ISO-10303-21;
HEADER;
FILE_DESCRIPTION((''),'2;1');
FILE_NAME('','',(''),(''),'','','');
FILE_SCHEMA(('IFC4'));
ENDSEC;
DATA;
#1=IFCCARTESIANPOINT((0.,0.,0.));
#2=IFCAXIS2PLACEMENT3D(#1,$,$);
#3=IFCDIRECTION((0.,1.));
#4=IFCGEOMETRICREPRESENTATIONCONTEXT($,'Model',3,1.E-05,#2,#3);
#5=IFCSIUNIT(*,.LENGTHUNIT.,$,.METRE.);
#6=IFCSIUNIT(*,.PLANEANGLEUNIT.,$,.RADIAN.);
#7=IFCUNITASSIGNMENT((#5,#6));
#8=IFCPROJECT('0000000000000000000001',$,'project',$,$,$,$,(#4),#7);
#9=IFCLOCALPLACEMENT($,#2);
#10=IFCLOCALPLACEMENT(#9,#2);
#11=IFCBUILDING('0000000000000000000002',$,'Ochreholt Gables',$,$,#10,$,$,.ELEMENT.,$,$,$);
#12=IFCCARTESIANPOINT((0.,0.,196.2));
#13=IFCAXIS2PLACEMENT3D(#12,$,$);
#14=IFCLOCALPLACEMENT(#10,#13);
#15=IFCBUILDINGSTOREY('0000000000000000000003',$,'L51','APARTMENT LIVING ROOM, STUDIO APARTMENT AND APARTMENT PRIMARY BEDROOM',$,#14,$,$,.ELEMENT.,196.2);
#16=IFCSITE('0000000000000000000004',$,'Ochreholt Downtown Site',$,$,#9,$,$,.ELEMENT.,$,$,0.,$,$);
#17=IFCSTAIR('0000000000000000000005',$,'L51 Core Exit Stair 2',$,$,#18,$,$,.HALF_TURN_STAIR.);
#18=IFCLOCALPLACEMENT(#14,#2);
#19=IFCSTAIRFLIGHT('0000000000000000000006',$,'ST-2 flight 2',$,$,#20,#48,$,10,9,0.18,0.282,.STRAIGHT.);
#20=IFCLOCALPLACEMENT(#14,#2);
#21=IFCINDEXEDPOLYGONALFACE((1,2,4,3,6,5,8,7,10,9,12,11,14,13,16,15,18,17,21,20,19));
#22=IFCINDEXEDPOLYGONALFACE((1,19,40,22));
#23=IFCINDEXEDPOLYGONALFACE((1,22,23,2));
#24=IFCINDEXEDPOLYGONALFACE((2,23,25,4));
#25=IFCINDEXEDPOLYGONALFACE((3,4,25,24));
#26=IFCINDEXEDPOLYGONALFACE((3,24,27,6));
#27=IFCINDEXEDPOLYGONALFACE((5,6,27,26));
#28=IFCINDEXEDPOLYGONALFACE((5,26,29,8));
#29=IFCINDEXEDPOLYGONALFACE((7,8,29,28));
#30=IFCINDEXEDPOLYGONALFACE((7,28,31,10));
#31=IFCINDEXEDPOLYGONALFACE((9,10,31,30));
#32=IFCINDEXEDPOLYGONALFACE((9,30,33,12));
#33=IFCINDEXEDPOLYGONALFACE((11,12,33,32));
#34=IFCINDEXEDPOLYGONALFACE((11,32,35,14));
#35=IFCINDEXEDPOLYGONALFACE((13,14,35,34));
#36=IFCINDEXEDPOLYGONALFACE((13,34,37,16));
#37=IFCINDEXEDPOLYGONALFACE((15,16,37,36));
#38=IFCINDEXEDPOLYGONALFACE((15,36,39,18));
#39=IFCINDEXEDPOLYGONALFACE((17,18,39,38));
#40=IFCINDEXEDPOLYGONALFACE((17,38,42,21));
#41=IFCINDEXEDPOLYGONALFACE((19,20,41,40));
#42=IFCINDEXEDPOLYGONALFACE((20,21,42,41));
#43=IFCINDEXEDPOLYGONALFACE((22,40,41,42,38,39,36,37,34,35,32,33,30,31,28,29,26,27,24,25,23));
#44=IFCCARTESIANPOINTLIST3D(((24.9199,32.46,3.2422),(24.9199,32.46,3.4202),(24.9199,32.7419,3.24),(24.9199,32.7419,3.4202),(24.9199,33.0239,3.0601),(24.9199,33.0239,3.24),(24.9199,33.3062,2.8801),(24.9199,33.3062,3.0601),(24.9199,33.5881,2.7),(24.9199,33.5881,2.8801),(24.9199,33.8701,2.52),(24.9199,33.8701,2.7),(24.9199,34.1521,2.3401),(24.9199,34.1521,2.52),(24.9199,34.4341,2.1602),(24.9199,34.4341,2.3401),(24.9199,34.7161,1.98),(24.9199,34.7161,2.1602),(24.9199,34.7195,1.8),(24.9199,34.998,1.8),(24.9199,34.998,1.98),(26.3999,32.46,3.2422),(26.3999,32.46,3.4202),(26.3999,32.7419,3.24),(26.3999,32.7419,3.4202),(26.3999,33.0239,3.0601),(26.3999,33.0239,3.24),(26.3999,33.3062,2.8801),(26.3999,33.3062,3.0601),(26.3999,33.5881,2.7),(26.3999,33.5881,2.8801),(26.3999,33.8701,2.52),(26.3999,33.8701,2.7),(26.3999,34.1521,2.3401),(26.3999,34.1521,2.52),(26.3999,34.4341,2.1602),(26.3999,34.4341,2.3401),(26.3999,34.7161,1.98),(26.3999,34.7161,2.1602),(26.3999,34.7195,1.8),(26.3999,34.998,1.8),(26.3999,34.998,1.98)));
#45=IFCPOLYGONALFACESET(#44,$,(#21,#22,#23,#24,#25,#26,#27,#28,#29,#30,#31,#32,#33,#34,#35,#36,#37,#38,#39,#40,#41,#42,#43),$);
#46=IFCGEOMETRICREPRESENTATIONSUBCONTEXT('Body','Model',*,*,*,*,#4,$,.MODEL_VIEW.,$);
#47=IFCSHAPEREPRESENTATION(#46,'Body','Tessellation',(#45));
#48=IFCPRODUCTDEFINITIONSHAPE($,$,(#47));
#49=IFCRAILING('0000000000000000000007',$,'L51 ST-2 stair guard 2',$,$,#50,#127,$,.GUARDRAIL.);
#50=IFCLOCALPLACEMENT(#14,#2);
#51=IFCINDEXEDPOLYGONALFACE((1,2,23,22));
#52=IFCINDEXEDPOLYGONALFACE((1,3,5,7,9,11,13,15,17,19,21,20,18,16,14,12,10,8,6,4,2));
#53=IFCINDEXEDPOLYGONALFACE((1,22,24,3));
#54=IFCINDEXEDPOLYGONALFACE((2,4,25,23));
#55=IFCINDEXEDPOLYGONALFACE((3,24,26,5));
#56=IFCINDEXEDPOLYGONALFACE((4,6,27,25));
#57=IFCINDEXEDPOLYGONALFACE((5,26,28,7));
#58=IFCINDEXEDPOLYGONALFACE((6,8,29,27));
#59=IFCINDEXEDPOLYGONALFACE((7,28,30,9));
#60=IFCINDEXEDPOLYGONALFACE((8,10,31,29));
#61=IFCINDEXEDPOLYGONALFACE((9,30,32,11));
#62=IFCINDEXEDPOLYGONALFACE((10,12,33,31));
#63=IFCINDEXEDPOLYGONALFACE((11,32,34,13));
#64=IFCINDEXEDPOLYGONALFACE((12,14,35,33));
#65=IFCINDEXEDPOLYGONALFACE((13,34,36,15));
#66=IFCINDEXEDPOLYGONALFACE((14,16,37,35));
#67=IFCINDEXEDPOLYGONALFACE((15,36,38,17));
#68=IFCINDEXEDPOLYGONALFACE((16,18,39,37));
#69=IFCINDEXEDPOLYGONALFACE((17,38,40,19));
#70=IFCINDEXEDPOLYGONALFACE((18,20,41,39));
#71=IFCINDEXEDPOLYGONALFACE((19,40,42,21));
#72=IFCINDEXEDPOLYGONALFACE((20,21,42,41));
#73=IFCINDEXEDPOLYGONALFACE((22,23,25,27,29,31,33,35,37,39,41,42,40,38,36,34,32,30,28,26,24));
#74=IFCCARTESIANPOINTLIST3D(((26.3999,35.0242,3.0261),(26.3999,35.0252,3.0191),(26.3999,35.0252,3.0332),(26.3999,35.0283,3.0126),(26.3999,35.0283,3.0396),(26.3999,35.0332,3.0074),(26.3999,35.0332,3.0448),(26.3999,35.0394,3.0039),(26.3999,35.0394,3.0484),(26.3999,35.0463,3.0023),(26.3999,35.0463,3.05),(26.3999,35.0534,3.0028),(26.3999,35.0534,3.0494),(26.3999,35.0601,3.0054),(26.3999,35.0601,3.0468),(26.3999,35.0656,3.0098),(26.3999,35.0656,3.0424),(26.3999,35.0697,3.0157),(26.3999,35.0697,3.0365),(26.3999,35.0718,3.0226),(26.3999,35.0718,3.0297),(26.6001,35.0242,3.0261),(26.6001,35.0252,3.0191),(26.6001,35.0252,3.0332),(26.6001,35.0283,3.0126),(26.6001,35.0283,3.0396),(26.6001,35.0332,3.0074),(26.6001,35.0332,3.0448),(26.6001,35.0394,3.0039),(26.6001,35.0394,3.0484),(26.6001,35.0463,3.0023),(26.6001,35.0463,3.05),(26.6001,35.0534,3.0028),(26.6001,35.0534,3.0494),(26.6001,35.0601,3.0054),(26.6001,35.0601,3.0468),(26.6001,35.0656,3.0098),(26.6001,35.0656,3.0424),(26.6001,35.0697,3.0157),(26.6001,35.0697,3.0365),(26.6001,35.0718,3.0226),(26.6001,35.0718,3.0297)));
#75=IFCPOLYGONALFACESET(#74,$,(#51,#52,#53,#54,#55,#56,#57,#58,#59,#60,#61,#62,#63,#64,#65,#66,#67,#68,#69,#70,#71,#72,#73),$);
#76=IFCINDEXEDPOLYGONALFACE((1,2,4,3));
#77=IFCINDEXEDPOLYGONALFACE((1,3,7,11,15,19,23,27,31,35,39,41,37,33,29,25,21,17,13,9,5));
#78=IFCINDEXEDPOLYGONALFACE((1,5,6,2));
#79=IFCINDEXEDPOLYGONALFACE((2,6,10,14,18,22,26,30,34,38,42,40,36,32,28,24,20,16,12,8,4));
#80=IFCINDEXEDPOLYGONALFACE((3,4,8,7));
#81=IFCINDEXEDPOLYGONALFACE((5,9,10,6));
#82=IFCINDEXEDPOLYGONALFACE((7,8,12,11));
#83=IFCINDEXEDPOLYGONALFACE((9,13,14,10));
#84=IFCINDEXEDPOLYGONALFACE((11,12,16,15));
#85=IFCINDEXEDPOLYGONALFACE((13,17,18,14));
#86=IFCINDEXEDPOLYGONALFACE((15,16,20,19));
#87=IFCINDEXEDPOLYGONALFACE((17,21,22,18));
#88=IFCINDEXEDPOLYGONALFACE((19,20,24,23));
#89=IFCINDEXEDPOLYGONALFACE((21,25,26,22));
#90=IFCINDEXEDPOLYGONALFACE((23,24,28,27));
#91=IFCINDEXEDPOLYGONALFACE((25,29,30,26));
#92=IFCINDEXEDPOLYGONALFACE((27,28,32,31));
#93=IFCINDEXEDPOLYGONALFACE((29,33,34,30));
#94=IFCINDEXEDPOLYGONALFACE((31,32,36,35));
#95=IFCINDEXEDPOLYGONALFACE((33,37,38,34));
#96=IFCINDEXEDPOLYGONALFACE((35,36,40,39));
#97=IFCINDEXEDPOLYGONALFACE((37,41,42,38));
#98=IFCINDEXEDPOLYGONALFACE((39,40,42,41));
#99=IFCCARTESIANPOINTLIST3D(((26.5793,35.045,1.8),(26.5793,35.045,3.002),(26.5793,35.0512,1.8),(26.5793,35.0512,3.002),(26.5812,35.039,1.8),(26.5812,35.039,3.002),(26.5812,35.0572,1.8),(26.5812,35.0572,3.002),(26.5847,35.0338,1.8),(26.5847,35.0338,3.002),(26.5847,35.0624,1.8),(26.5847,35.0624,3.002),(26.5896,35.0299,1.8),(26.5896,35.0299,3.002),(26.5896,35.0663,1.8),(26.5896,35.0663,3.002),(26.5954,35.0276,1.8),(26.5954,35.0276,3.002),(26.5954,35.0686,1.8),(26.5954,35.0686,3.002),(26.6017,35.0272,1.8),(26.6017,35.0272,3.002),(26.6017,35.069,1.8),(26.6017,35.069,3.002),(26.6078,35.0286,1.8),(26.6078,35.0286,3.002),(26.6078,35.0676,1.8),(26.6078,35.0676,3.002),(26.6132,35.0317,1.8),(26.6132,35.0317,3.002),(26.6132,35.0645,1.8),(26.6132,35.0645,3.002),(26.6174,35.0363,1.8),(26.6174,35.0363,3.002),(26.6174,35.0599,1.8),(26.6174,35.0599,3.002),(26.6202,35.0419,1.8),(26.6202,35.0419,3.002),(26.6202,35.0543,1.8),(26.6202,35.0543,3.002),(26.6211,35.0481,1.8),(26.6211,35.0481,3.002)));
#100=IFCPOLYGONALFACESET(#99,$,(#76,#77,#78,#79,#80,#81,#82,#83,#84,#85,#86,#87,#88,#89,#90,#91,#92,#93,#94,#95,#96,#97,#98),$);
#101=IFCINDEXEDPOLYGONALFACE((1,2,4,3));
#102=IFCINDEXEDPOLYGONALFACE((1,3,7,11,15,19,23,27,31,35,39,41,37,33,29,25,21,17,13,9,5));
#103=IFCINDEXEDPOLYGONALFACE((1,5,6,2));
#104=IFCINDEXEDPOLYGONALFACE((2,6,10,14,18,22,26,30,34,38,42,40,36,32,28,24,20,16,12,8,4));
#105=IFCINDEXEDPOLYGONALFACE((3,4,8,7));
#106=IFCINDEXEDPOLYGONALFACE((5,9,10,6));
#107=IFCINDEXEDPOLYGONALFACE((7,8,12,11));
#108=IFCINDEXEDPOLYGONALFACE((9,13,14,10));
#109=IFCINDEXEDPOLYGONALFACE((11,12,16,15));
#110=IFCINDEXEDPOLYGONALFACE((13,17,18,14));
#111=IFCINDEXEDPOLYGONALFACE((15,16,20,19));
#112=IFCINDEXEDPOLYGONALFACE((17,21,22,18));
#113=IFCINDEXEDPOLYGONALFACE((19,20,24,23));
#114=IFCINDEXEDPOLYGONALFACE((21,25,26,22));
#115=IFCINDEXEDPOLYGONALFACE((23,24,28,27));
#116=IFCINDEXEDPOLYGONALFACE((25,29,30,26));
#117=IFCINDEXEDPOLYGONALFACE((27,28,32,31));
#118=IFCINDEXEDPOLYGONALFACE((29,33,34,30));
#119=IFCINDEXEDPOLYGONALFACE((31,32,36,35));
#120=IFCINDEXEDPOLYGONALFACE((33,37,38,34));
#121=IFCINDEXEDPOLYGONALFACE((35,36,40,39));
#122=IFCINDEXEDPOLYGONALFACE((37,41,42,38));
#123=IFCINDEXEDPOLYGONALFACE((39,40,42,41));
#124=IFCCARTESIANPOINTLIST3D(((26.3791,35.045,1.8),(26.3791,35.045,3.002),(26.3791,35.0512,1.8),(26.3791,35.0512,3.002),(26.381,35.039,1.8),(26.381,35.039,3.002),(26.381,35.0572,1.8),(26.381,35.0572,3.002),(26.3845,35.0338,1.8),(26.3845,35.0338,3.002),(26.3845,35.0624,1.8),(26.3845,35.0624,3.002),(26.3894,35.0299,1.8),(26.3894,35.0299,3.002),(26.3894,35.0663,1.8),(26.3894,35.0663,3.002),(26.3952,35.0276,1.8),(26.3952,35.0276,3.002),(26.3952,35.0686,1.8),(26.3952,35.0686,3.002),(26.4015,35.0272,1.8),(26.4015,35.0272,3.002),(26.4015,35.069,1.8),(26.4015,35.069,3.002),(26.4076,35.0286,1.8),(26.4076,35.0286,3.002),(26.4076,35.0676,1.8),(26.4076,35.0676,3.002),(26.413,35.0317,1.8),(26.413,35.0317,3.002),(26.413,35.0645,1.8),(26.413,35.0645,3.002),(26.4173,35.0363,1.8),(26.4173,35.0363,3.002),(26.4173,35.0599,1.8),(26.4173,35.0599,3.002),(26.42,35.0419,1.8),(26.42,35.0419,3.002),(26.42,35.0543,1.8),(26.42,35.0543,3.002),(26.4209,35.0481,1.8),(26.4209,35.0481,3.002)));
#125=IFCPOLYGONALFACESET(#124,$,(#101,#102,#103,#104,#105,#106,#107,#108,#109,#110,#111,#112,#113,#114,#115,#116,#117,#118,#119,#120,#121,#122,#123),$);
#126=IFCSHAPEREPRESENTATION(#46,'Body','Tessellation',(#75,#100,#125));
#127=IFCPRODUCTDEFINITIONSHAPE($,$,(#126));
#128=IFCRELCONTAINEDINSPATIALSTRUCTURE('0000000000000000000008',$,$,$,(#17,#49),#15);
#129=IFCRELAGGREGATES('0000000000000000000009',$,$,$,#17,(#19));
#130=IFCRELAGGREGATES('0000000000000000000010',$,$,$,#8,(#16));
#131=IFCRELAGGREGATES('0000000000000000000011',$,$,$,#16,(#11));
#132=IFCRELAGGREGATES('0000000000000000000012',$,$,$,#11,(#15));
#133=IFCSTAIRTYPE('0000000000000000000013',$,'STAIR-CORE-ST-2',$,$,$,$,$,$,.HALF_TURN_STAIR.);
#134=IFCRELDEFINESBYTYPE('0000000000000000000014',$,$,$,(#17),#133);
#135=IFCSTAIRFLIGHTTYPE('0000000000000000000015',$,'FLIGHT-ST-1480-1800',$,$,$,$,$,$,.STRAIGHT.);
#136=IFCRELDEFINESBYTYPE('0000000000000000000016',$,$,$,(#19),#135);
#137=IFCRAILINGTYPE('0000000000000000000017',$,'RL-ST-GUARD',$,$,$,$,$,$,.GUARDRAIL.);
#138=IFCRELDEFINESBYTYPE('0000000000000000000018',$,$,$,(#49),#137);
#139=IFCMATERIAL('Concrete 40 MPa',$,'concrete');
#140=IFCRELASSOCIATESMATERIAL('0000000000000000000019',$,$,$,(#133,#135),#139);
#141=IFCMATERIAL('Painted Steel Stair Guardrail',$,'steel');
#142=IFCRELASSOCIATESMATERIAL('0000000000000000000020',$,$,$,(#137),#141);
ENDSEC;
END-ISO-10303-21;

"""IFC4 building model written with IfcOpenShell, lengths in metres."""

from ifc_helpers import new_model, si_unit, direction, frame, origin, origin_2d, place, context, subcontext, project, spatial, polyline, circle, outline, extrude, material, type_object, element, aggregate, save


model = new_model("IFC4")

# Units and contexts
model_context = context("Model", 3, precision=1e-05, world=origin(), true_north=direction((0.0, 1.0)))
body_context = subcontext(model_context, "Body", "Model", "MODEL_VIEW")
ifc_project = project(units=[si_unit("LENGTHUNIT", "METRE"), si_unit("PLANEANGLEUNIT", "RADIAN")], contexts=[model_context])

# Site, building, storey
site_placement = place(None, origin())
site = spatial("IfcSite", under=ifc_project, at=site_placement, Name="Ochreholt Downtown Site", CompositionType="ELEMENT", RefElevation=0.0)
building_placement = place(site_placement, origin())
building = spatial("IfcBuilding", under=site, at=building_placement, Name="Ochreholt Gables", CompositionType="ELEMENT")
storey_placement = place(building_placement, frame((0.0, 0.0, 196.2)))
storey = spatial("IfcBuildingStorey", under=building, at=storey_placement, Name="L51", Description="APARTMENT LIVING ROOM, STUDIO APARTMENT AND APARTMENT PRIMARY BEDROOM", CompositionType="ELEMENT", Elevation=196.2)

# Stair, stair flight
ifc_material_1 = material(Name="Concrete 40 MPa", Category="concrete")
stair_type = type_object("IfcStairType", Name="STAIR-CORE-ST-2", PredefinedType="HALF_TURN_STAIR", material=ifc_material_1)
stair_placement = place(storey_placement, origin())
stair = element("IfcStair", 1, at=stair_placement, inside=storey, type_object=stair_type, Name="L51 Core Exit Stair 2", PredefinedType="HALF_TURN_STAIR")
stair_flight_type = type_object("IfcStairFlightType", Name="FLIGHT-ST-1480-1800", PredefinedType="STRAIGHT", material=ifc_material_1)
stair_flight_1_placement = place(storey_placement, frame((25.6599, 34.998, 1.8), z_axis=(0.0, 0.0, 1.0), x_axis=(0.0, -1.0, 0.0)))
stair_flight_1 = element("IfcStairFlight", 2, at=stair_flight_1_placement, type_object=stair_flight_type, Name="ST-2 flight 2", NumberOfRisers=10, NumberOfTreads=9, PredefinedType="STRAIGHT", RiserHeight=0.18, TreadLength=0.282, context=body_context, shape_type="SweptSolid", body=[
    extrude(outline(polyline([(0.0, 0.0), (0.0, 0.1799), (0.282, 0.1799), (0.282, 0.3601), (0.564, 0.3601), (0.564, 0.54), (0.8459, 0.54), (0.8459, 0.72), (1.1279, 0.72), (1.1279, 0.8999), (1.4099, 0.8999), (1.4099, 1.0801), (1.6919, 1.0801), (1.6919, 1.26), (1.9741, 1.26), (1.9741, 1.4399), (2.2561, 1.4399), (2.2561, 1.6201), (2.5381, 1.6201), (2.5381, 1.8), (2.5381, 1.4421), (0.2786, 0.0), (0.0, 0.0)])), frame((0.0, 0.74, 0.0), z_axis=(0.0, -1.0, 0.0), x_axis=(1.0, 0.0, 0.0)), (0.0, 0.0, 1.0), 1.48),
])
aggregate(stair, [stair_flight_1])

# Railing
ifc_material_2 = material(Name="Painted Steel Stair Guardrail", Category="steel")
railing_type_1 = type_object("IfcRailingType", Name="RL-ST-GUARD", PredefinedType="GUARDRAIL", material=ifc_material_2)
railing_1_placement = place(storey_placement, frame((26.6001, 35.0481, 1.8)))
element("IfcRailing", 3, at=railing_1_placement, inside=storey, type_object=railing_type_1, Name="L51 ST-2 stair guard 2", PredefinedType="GUARDRAIL", context=body_context, shape_type="SweptSolid", body=[
    extrude(circle(Radius=0.0239, at=origin_2d()), frame((0.0, 0.0, 1.2261), z_axis=(-1.0, 0.0, 0.0), x_axis=(0.0, -1.0, 0.0)), (0.0, 0.0, 1.0), 0.2002),
    extrude(circle(Radius=0.021, at=origin_2d()), origin(), (0.0, 0.0, 1.0), 1.2019),
    extrude(circle(Radius=0.021, at=origin_2d()), frame((-0.2002, 0.0, 0.0)), (0.0, 0.0, 1.0), 1.2019),
])

save(model, "model.ifc")
